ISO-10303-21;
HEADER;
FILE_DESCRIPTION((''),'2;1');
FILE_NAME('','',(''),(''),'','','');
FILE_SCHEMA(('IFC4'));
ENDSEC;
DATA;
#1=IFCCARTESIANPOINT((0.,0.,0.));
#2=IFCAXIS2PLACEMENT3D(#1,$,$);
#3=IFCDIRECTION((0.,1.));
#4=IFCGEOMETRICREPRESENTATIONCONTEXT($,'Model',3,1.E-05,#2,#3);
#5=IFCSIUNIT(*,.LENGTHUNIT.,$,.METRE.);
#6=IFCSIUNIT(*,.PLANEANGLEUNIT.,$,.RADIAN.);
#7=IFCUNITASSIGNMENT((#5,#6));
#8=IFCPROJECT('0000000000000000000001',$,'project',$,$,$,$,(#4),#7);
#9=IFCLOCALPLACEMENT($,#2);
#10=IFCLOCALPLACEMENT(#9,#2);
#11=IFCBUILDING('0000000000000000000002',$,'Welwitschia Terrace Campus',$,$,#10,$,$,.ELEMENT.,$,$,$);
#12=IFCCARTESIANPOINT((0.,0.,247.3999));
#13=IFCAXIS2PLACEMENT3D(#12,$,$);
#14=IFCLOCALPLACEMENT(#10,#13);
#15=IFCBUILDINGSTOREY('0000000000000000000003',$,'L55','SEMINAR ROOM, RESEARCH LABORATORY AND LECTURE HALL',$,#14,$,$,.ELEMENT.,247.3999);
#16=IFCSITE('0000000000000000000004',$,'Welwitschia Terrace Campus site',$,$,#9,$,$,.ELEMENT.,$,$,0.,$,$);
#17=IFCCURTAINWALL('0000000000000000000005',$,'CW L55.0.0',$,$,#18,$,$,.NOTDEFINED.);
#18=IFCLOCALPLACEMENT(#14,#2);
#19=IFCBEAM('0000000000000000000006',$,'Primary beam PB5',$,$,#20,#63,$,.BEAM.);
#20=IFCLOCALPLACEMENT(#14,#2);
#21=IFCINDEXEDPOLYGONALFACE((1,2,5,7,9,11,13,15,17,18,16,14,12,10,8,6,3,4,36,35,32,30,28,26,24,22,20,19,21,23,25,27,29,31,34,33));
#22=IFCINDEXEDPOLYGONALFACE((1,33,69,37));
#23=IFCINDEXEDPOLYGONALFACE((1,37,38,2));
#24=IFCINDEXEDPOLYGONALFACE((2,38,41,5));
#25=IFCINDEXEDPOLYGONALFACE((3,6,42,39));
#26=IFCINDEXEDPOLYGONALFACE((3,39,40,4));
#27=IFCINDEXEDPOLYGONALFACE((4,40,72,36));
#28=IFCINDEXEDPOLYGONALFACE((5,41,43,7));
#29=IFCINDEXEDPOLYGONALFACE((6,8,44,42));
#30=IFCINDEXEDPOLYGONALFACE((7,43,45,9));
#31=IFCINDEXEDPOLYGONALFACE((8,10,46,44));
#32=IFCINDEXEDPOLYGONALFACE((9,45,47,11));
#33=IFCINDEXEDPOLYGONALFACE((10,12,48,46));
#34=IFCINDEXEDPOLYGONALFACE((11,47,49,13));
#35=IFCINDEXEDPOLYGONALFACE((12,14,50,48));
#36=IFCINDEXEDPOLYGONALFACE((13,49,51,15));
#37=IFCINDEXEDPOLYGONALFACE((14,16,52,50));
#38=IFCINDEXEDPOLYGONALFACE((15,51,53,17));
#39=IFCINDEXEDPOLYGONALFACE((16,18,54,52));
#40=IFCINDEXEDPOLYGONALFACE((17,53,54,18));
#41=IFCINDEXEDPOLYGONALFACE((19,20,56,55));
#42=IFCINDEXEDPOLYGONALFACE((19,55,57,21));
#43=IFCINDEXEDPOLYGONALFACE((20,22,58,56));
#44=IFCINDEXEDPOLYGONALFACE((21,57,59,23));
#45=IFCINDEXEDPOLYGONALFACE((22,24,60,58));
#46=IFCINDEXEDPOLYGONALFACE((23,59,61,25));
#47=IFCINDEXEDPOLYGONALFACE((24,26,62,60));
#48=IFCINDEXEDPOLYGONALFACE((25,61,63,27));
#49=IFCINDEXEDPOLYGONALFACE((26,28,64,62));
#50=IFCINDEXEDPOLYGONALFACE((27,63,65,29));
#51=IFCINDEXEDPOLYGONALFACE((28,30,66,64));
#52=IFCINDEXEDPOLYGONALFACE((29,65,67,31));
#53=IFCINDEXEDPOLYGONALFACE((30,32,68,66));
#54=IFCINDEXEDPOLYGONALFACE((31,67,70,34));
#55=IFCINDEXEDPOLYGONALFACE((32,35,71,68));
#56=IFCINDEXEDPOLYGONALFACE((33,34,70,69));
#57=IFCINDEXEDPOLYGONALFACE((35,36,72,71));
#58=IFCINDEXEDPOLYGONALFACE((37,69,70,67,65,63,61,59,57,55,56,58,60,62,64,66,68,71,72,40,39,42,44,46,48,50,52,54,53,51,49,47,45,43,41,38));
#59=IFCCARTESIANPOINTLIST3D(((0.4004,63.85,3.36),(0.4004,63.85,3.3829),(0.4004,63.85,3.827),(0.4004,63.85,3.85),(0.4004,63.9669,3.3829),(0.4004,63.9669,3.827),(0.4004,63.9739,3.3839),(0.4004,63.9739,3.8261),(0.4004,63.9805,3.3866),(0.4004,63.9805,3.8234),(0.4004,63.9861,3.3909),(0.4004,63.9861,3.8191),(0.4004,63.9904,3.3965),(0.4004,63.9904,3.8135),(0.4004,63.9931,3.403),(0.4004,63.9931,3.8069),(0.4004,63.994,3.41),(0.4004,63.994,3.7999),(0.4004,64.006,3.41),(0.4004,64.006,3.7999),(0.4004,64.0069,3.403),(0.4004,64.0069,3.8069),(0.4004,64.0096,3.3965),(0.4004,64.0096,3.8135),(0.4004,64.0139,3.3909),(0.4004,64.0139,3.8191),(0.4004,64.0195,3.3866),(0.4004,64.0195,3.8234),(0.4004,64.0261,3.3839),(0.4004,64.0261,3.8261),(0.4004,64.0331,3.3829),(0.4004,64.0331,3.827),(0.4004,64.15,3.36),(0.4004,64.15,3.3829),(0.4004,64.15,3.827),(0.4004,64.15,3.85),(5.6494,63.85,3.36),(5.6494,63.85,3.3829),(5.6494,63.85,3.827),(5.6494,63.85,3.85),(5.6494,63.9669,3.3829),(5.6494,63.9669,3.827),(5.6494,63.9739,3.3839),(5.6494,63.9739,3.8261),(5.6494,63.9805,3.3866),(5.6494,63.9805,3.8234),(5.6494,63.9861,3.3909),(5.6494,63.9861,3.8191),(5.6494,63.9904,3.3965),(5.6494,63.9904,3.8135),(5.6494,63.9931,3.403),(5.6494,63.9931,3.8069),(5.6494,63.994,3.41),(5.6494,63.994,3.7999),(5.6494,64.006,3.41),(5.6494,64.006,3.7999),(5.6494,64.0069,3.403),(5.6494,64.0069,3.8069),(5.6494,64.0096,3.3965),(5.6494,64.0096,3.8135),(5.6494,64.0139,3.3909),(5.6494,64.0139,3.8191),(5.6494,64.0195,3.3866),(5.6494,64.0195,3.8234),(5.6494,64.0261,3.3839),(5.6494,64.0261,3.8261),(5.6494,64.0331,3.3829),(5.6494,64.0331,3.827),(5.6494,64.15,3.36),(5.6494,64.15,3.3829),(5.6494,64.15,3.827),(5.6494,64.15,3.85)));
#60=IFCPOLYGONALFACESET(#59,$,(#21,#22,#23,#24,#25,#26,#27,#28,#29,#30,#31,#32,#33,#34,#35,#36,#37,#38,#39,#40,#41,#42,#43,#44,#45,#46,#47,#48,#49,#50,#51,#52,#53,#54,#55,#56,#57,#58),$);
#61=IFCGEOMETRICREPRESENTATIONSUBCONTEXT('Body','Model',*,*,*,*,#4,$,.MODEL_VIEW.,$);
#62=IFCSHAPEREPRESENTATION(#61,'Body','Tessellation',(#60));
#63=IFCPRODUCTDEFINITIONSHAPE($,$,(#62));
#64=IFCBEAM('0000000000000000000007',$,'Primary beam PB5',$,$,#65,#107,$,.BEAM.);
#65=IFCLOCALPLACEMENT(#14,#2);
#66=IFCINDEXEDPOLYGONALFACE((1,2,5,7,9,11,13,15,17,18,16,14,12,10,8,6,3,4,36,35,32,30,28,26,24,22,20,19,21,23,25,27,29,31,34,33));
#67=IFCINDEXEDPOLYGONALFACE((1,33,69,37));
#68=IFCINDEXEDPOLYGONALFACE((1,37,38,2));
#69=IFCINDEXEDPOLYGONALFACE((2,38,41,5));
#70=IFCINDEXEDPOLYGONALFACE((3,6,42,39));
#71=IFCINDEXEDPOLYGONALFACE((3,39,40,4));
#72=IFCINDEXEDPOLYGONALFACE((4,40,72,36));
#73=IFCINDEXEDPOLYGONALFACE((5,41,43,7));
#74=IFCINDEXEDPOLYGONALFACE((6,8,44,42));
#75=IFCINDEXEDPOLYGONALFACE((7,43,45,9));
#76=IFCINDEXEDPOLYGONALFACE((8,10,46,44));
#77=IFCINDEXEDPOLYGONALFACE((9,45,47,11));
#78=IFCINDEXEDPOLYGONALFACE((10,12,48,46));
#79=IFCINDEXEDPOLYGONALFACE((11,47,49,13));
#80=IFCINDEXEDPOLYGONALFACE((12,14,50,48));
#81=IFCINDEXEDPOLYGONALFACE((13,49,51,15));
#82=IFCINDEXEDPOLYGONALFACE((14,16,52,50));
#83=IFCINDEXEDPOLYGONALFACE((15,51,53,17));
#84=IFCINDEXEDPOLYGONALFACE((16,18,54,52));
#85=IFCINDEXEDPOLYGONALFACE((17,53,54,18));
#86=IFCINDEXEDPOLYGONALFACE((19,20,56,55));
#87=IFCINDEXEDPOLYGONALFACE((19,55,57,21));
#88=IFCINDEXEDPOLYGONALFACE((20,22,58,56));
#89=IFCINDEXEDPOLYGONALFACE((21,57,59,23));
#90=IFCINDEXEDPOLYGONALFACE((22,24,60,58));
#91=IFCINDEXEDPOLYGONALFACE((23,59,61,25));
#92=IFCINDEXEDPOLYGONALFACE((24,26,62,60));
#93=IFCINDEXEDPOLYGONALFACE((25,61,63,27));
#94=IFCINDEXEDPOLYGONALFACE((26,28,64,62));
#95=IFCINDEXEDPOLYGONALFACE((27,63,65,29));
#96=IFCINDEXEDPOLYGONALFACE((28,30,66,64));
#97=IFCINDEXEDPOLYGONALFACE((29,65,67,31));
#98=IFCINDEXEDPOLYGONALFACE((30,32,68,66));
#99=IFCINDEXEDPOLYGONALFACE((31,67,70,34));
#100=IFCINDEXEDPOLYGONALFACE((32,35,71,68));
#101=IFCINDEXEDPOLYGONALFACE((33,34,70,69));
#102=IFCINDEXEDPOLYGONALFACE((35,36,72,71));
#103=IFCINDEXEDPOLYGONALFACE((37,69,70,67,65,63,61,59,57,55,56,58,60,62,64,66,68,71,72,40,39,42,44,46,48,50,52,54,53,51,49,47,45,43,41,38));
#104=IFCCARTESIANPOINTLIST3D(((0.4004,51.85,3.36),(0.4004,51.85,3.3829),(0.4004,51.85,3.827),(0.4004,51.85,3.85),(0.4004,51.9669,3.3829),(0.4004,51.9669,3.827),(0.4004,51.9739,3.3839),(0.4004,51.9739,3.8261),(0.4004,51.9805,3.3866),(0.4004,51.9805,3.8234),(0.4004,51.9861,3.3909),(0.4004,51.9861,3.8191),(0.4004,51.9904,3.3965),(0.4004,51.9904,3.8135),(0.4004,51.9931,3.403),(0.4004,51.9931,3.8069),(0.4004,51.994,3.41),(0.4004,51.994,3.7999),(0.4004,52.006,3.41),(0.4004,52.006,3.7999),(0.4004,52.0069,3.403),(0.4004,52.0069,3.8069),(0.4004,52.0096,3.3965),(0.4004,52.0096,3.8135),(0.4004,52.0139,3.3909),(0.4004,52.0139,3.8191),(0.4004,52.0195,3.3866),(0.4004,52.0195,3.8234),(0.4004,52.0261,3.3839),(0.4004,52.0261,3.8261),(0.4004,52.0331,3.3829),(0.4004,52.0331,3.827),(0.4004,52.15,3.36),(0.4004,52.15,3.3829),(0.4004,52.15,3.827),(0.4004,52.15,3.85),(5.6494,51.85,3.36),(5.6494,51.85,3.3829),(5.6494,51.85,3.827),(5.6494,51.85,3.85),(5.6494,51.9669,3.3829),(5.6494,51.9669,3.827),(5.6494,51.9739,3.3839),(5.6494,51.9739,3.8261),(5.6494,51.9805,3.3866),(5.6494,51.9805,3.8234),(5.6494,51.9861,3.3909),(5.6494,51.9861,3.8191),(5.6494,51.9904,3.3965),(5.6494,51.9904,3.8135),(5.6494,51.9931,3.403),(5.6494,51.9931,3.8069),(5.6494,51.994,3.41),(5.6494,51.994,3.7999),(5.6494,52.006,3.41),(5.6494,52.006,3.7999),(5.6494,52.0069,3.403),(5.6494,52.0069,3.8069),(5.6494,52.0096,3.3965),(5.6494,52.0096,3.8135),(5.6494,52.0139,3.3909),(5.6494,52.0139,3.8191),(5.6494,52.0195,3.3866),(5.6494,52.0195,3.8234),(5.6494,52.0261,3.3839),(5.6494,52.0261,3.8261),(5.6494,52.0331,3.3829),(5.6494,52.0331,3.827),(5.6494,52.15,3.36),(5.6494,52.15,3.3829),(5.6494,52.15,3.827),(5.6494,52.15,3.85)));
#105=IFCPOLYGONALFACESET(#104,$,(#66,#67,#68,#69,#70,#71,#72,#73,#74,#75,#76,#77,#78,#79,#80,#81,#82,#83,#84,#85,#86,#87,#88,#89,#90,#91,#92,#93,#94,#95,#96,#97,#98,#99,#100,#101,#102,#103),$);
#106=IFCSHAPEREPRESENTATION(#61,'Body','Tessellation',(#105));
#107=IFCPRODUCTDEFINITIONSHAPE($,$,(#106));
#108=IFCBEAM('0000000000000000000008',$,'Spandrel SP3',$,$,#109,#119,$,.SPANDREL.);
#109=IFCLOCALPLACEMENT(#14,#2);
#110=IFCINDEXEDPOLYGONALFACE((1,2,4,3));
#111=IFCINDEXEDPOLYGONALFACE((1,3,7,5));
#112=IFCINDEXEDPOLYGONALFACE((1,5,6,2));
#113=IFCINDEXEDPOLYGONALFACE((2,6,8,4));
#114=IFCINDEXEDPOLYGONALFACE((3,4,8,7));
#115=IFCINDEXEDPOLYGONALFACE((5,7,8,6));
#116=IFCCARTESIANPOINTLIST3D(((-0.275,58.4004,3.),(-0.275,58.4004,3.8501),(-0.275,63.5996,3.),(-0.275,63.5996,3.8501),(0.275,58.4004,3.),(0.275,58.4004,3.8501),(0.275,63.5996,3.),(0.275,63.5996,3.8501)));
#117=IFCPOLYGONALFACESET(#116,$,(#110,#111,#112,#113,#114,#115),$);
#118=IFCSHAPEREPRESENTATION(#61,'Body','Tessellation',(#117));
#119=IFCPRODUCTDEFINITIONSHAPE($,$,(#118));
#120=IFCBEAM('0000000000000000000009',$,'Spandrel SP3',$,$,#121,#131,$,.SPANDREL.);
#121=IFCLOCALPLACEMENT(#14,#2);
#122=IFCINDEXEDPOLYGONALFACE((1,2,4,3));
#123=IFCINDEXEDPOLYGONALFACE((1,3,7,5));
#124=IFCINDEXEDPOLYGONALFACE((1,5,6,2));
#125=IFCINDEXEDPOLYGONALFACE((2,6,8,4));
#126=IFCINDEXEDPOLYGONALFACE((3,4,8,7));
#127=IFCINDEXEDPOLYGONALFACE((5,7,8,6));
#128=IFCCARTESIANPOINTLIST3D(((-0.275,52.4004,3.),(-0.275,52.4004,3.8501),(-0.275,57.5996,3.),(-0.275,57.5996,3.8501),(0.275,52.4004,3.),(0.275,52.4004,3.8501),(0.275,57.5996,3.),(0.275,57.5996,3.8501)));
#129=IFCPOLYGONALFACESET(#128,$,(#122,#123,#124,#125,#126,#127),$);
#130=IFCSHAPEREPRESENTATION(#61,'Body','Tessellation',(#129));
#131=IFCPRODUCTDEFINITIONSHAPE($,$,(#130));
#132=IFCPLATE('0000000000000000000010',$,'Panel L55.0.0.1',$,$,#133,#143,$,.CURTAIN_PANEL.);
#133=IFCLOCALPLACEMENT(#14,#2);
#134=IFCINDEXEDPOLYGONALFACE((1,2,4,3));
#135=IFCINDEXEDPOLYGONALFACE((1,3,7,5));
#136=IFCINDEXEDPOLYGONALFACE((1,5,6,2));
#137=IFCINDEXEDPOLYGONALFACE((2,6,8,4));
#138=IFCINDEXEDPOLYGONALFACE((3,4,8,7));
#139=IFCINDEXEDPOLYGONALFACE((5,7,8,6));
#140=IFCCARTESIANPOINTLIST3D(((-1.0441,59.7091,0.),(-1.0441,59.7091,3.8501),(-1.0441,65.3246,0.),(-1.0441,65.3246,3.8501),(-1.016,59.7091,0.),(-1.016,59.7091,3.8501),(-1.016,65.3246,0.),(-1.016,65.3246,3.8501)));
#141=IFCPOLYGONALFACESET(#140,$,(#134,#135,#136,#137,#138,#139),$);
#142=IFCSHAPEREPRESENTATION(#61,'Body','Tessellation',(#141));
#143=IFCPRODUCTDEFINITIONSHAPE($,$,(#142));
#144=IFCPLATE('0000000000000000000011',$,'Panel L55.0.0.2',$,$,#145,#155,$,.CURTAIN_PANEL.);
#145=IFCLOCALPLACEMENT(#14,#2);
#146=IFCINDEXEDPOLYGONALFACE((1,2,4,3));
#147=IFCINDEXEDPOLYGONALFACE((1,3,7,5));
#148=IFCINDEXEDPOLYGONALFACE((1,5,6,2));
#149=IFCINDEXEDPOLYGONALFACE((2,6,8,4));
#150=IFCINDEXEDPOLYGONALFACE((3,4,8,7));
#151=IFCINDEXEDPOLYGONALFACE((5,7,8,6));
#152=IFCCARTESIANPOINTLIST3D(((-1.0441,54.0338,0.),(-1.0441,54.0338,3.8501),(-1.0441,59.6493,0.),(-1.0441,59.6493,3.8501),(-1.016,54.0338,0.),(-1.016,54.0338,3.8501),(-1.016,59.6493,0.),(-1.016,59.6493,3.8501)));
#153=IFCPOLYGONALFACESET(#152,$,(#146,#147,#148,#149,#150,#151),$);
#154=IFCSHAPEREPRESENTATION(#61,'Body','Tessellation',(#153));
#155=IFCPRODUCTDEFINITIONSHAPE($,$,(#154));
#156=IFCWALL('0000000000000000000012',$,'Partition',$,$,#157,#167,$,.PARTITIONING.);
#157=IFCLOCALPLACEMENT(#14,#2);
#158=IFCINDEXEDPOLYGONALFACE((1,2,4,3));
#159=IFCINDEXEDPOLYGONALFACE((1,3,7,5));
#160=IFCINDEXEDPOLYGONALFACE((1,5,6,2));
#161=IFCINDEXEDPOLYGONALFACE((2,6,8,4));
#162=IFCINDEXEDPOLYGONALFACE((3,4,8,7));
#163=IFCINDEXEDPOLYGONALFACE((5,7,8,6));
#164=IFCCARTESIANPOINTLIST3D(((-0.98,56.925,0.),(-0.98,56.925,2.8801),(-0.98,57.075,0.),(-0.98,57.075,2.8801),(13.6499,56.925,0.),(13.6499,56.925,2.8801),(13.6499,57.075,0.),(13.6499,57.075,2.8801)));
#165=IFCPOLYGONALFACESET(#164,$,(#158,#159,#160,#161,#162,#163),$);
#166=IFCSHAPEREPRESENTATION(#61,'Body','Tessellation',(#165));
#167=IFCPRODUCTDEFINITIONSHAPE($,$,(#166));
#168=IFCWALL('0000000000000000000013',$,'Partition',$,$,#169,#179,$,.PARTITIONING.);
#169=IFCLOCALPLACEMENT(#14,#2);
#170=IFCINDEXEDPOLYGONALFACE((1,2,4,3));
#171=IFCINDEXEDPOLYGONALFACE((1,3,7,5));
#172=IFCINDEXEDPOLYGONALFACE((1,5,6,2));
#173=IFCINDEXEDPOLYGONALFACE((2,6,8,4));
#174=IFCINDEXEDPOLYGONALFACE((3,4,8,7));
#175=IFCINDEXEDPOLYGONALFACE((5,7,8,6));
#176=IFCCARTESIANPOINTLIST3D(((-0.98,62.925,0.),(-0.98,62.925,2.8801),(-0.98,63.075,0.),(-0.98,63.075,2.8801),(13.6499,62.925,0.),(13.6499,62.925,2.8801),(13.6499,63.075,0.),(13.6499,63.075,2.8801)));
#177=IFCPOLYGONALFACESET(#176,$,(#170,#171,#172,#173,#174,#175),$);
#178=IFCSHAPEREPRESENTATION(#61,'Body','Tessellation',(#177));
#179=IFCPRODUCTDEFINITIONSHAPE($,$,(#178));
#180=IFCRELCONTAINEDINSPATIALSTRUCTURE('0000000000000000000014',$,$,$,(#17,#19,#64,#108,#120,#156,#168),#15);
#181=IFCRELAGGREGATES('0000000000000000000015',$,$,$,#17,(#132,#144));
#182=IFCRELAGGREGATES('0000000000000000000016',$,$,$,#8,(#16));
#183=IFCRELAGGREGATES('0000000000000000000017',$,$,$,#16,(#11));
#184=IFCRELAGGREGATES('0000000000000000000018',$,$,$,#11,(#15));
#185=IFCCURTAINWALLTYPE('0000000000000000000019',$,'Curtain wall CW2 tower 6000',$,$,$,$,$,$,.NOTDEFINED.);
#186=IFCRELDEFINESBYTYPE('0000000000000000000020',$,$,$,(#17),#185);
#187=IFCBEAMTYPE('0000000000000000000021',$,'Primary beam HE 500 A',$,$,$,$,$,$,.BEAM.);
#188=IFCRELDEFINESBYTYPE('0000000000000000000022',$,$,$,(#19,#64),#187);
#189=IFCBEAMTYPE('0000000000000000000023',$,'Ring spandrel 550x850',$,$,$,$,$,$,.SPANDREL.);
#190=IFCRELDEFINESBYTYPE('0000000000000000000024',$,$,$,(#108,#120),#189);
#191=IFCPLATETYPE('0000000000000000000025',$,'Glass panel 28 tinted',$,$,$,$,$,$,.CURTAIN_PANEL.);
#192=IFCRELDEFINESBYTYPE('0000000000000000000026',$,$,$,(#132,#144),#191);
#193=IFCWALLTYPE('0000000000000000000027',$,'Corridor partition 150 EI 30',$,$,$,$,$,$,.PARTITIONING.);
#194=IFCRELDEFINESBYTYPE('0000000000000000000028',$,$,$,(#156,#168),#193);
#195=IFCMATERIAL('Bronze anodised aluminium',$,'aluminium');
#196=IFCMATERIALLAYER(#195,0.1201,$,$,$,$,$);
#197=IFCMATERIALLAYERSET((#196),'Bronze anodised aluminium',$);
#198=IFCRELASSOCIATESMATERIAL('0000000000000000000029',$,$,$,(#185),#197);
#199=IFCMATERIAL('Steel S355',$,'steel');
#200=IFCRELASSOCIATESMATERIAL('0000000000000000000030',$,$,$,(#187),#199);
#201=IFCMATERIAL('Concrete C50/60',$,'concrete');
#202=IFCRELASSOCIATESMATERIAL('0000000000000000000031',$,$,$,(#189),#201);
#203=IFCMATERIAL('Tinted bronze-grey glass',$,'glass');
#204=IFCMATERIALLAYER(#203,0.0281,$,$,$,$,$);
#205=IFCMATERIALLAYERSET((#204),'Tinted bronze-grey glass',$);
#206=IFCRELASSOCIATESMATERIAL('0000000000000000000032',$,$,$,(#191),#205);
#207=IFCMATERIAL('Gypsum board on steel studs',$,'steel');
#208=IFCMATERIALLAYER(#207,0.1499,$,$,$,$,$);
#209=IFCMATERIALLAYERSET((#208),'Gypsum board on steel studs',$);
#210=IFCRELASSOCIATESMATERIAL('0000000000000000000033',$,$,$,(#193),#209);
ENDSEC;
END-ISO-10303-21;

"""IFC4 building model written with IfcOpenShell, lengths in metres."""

from ifc_helpers import new_model, si_unit, direction, frame, frame_2d, origin, origin_2d, place, context, subcontext, project, spatial, rectangle, i_section, extrude, material, layer, layer_set, material_profile, profile_set, type_object, element, aggregate, save


model = new_model("IFC4")

# Units and contexts
model_context = context("Model", 3, precision=1e-05, world=origin(), true_north=direction((0.0, 1.0)))
body_context = subcontext(model_context, "Body", "Model", "MODEL_VIEW")
ifc_project = project(units=[si_unit("LENGTHUNIT", "METRE"), si_unit("PLANEANGLEUNIT", "RADIAN")], contexts=[model_context])

# Site, building, storey
site_placement = place(None, origin())
site = spatial("IfcSite", under=ifc_project, at=site_placement, Name="Welwitschia Terrace Campus site", CompositionType="ELEMENT", RefElevation=0.0)
building_placement = place(site_placement, origin())
building = spatial("IfcBuilding", under=site, at=building_placement, Name="Welwitschia Terrace Campus", CompositionType="ELEMENT")
storey_placement = place(building_placement, frame((0.0, 0.0, 247.3999)))
storey = spatial("IfcBuildingStorey", under=building, at=storey_placement, Name="L55", Description="SEMINAR ROOM, RESEARCH LABORATORY AND LECTURE HALL", CompositionType="ELEMENT", Elevation=247.3999)

# Curtain wall
ifc_material_1 = material(Name="Bronze anodised aluminium", Category="aluminium")
ifc_layer_1 = layer(ifc_material_1, 0.1201)
ifc_layer_set_1 = layer_set([ifc_layer_1], Name="Bronze anodised aluminium")
curtain_wall_type = type_object("IfcCurtainWallType", Name="Curtain wall CW2 tower 6000", PredefinedType="NOTDEFINED", material=ifc_layer_set_1)
curtain_wall_placement = place(storey_placement, origin())
curtain_wall = element("IfcCurtainWall", 1, at=curtain_wall_placement, inside=storey, type_object=curtain_wall_type, Name="CW L55.0.0", PredefinedType="NOTDEFINED")

# Beams
ifc_material_2 = material(Name="Steel S355", Category="steel")
ifc_material_profile_1 = material_profile(ifc_material_2, i_section(OverallWidth=0.3, OverallDepth=0.49, WebThickness=0.012, FlangeThickness=0.0229, FilletRadius=0.0271, at=origin_2d()))
ifc_profile_set_1 = profile_set([ifc_material_profile_1], Name="Steel S355")
beam_type_1 = type_object("IfcBeamType", Name="Primary beam HE 500 A", PredefinedType="BEAM", material=ifc_profile_set_1)
for number, where, z_axis, x_axis, name in (
    (2, (0.4004, 64.0, 3.605), (1.0, 0.0, 0.0), (0.0, 1.0, 0.0), "Primary beam PB5"),
    (3, (0.4004, 52.0, 3.605), (1.0, 0.0, 0.0), (0.0, 1.0, 0.0), "Primary beam PB5"),
):
    element("IfcBeam", number, at=place(storey_placement, frame(where, z_axis=z_axis, x_axis=x_axis)), inside=storey, type_object=beam_type_1, Name=name, PredefinedType="BEAM", context=body_context, shape_type="SweptSolid", body=[
        extrude(i_section(OverallWidth=0.3, OverallDepth=0.49, WebThickness=0.012, FlangeThickness=0.0229, FilletRadius=0.0271, at=origin_2d()), origin(), (0.0, 0.0, 1.0), 5.249),
    ])
ifc_material_3 = material(Name="Concrete C50/60", Category="concrete")
ifc_material_profile_2 = material_profile(ifc_material_3, rectangle(XDim=0.55, YDim=0.8501, at=origin_2d()))
ifc_profile_set_2 = profile_set([ifc_material_profile_2], Name="Concrete C50/60")
beam_type_2 = type_object("IfcBeamType", Name="Ring spandrel 550x850", PredefinedType="SPANDREL", material=ifc_profile_set_2)
for number, where, z_axis, x_axis, name in (
    (4, (0.0, 63.5996, 3.425), (0.0, -1.0, 0.0), (1.0, 0.0, 0.0), "Spandrel SP3"),
    (5, (0.0, 57.5996, 3.425), (0.0, -1.0, 0.0), (1.0, 0.0, 0.0), "Spandrel SP3"),
):
    element("IfcBeam", number, at=place(storey_placement, frame(where, z_axis=z_axis, x_axis=x_axis)), inside=storey, type_object=beam_type_2, Name=name, PredefinedType="SPANDREL", context=body_context, shape_type="SweptSolid", body=[
        extrude(rectangle(XDim=0.55, YDim=0.8501, at=origin_2d()), origin(), (0.0, 0.0, 1.0), 5.1992),
    ])

# Plates
ifc_material_4 = material(Name="Tinted bronze-grey glass", Category="glass")
ifc_layer_2 = layer(ifc_material_4, 0.0281)
ifc_layer_set_2 = layer_set([ifc_layer_2], Name="Tinted bronze-grey glass")
plate_type = type_object("IfcPlateType", Name="Glass panel 28 tinted", PredefinedType="CURTAIN_PANEL", material=ifc_layer_set_2)
plate_1_placement = place(storey_placement, frame((-1.03, 62.5168, 0.0), z_axis=(0.0, 0.0, 1.0), x_axis=(0.0, -1.0, 0.0)))
plate_1 = element("IfcPlate", 6, at=plate_1_placement, type_object=plate_type, Name="Panel L55.0.0.1", PredefinedType="CURTAIN_PANEL", context=body_context, shape_type="SweptSolid", body=[
    extrude(rectangle(XDim=5.6155, YDim=0.0281, at=origin_2d()), origin(), (0.0, 0.0, 1.0), 3.8501),
])
plate_2_placement = place(storey_placement, frame((-1.03, 56.8416, 0.0), z_axis=(0.0, 0.0, 1.0), x_axis=(0.0, -1.0, 0.0)))
plate_2 = element("IfcPlate", 7, at=plate_2_placement, type_object=plate_type, Name="Panel L55.0.0.2", PredefinedType="CURTAIN_PANEL", context=body_context, shape_type="SweptSolid", body=[
    extrude(rectangle(XDim=5.6155, YDim=0.0281, at=origin_2d()), origin(), (0.0, 0.0, 1.0), 3.8501),
])
aggregate(curtain_wall, [plate_1, plate_2])

# Walls
ifc_material_5 = material(Name="Gypsum board on steel studs", Category="steel")
ifc_layer_3 = layer(ifc_material_5, 0.1499)
ifc_layer_set_3 = layer_set([ifc_layer_3], Name="Gypsum board on steel studs")
wall_type = type_object("IfcWallType", Name="Corridor partition 150 EI 30", PredefinedType="PARTITIONING", material=ifc_layer_set_3)
for number, where, z_axis, x_axis, name in (
    (8, (-0.98, 57.0, 0.0), (0.0, 0.0, 1.0), (1.0, 0.0, 0.0), "Partition"),
    (9, (-0.98, 63.0, 0.0), (0.0, 0.0, 1.0), (1.0, 0.0, 0.0), "Partition"),
):
    element("IfcWall", number, at=place(storey_placement, frame(where, z_axis=z_axis, x_axis=x_axis)), inside=storey, type_object=wall_type, Name=name, PredefinedType="PARTITIONING", context=body_context, shape_type="SweptSolid", body=[
        extrude(rectangle(XDim=14.6299, YDim=0.1499, at=frame_2d((7.3149, 0.0))), origin(), (0.0, 0.0, 1.0), 2.8801),
    ])

save(model, "model.ifc")
